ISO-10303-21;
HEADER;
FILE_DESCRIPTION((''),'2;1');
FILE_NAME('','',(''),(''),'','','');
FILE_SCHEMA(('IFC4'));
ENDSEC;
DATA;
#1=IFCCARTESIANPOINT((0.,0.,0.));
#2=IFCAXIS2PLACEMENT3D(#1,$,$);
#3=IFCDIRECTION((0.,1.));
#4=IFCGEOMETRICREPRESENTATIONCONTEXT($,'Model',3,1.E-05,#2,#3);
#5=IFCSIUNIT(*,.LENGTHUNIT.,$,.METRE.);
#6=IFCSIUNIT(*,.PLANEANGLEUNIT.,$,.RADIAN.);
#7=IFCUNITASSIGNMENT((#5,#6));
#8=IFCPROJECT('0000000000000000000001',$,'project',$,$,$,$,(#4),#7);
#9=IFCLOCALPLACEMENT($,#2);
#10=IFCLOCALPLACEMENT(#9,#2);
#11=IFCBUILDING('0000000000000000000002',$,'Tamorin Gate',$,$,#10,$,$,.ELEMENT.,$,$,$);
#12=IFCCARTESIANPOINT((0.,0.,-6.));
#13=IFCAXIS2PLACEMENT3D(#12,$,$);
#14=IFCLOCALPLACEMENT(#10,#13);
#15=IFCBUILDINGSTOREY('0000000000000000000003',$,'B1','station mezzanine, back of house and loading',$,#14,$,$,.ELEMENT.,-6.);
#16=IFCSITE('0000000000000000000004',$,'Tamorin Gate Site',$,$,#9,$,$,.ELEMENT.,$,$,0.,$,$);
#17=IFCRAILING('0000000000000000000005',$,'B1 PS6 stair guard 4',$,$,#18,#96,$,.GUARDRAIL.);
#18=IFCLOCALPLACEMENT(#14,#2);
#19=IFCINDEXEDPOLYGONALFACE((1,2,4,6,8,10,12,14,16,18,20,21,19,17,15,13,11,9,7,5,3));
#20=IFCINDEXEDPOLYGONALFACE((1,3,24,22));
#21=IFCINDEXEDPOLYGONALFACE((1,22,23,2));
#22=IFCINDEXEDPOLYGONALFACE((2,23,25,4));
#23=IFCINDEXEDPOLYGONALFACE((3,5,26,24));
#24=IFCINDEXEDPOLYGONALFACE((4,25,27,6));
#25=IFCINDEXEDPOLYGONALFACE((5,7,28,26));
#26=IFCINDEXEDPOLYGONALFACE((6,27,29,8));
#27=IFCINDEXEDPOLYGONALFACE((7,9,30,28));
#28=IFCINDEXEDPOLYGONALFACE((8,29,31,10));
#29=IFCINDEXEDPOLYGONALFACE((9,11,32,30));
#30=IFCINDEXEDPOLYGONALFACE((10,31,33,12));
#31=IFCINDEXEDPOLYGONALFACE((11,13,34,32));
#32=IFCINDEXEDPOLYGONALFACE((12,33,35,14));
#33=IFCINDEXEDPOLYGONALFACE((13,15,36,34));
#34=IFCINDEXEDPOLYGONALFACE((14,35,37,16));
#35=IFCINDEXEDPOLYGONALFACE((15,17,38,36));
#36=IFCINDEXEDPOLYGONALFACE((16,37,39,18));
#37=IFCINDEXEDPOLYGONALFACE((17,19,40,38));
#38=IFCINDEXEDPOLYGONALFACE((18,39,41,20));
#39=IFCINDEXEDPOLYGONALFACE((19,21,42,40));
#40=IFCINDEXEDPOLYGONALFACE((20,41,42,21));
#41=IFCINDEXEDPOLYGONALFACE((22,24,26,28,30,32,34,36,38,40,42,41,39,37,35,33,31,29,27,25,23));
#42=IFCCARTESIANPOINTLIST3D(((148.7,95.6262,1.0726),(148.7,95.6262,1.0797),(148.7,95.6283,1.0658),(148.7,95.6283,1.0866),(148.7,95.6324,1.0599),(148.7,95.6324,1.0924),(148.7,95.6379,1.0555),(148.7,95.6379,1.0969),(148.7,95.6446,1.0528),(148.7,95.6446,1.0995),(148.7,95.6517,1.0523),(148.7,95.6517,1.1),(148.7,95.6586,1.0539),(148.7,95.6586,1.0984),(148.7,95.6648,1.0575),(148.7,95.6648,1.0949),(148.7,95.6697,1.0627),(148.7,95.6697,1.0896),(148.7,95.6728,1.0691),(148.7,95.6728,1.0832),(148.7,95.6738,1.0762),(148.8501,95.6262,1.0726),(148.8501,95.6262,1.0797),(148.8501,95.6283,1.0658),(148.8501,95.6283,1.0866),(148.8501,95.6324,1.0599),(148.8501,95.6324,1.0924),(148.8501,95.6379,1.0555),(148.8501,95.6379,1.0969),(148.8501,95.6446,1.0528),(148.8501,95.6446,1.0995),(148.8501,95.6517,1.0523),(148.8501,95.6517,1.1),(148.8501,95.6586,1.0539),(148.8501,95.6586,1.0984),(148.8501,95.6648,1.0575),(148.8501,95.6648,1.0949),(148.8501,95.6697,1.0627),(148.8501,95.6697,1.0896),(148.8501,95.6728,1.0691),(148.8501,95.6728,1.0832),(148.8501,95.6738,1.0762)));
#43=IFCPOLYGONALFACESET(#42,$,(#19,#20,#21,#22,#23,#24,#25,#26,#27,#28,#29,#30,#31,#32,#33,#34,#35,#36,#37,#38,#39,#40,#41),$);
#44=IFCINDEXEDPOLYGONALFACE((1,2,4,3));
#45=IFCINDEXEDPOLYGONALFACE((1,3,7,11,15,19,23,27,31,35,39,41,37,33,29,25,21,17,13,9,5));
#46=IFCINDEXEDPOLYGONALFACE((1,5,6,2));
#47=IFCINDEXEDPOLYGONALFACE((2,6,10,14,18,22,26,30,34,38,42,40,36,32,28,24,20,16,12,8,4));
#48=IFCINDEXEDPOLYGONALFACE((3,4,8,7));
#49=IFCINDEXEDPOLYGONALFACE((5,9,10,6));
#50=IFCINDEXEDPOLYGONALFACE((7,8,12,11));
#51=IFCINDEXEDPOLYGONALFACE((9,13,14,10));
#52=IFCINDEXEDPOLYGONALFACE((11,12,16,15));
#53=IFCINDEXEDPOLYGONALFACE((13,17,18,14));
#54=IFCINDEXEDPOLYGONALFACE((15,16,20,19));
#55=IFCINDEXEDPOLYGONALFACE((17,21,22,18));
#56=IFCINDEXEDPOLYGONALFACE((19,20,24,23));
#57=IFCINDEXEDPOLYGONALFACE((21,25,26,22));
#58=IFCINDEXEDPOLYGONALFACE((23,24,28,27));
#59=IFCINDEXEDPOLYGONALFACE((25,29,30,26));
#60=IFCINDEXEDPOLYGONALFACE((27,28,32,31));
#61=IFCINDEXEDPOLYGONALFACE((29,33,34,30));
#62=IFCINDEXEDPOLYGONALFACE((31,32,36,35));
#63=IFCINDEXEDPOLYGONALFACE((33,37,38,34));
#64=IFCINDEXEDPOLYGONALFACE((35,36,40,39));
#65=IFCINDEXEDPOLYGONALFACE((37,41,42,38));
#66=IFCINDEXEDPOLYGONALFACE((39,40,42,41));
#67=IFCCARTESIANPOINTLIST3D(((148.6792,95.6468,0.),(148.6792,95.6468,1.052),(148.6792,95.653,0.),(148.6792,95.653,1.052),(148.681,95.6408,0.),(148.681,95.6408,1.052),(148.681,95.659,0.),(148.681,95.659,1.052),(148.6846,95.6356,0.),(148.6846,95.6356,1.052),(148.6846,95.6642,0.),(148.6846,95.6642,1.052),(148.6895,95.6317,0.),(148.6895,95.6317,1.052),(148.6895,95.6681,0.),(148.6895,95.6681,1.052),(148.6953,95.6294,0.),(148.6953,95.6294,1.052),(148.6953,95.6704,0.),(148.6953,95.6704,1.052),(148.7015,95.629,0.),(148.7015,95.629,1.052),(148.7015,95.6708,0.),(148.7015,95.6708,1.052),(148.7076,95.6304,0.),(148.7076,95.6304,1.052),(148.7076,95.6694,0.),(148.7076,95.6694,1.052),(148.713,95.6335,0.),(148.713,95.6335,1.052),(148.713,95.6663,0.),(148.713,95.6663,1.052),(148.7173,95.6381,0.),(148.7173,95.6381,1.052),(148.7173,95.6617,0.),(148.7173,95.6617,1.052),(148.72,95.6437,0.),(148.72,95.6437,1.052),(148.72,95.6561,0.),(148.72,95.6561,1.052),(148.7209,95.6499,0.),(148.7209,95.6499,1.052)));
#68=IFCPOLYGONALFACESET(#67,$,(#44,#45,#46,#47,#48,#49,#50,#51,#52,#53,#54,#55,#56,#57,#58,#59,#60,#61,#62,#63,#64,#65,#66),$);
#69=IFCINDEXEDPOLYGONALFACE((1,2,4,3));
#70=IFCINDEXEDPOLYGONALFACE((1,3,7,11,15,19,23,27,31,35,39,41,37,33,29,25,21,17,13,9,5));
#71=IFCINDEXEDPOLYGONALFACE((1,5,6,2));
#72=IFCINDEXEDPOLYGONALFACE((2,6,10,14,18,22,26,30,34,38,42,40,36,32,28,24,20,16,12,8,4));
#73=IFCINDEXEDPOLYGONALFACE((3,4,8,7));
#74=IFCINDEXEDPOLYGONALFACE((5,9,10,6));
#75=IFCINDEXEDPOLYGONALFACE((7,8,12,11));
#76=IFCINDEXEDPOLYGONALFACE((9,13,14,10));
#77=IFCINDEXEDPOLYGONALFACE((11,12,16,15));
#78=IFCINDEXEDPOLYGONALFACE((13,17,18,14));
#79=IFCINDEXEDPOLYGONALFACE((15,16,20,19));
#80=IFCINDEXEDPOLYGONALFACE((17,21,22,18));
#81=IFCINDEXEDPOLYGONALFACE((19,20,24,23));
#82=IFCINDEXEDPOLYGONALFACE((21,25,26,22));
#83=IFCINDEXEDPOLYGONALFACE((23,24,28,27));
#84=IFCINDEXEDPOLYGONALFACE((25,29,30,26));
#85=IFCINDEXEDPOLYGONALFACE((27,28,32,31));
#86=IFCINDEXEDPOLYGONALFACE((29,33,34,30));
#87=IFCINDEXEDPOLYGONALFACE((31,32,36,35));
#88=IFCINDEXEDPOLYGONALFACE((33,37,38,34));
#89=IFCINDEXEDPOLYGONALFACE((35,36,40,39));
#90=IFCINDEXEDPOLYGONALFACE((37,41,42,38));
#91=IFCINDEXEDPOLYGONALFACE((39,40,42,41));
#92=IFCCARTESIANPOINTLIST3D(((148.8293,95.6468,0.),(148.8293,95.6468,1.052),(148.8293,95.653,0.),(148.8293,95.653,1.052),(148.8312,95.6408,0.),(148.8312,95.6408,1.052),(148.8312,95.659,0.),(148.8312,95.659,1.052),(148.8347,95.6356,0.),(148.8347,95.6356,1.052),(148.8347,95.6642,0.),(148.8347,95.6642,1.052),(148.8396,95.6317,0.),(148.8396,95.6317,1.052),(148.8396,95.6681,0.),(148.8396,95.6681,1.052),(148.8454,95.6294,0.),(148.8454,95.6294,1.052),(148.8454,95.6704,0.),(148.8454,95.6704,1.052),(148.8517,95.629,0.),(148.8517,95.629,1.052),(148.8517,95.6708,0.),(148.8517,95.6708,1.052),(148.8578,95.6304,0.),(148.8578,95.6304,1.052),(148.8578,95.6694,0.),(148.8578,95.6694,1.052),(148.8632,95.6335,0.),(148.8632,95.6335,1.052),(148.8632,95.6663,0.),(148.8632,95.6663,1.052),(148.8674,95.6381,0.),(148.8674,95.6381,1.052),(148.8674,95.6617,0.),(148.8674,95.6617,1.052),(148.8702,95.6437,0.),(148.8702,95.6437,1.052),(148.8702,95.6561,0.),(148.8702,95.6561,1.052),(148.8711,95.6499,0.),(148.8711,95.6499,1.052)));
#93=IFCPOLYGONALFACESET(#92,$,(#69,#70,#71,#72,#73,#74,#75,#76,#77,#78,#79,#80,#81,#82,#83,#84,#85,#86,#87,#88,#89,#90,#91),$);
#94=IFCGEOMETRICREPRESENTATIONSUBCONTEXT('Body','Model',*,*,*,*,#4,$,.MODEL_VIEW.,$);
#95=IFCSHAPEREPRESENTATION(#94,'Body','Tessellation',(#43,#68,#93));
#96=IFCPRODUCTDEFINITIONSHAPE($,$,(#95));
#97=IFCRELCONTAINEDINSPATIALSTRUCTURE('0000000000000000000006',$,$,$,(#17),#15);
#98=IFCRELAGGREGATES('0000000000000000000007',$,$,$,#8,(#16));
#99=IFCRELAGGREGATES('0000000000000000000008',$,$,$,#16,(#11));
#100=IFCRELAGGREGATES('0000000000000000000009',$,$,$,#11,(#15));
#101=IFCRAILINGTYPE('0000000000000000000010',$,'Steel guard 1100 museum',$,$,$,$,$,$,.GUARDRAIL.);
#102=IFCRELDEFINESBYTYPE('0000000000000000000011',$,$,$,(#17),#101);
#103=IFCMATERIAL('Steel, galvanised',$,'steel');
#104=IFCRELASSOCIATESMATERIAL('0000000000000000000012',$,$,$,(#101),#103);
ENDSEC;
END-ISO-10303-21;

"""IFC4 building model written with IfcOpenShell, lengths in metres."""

from ifc_helpers import new_model, si_unit, direction, frame, origin, origin_2d, place, context, subcontext, project, spatial, circle, extrude, material, type_object, element, save


model = new_model("IFC4")

# Units and contexts
model_context = context("Model", 3, precision=1e-05, world=origin(), true_north=direction((0.0, 1.0)))
body_context = subcontext(model_context, "Body", "Model", "MODEL_VIEW")
ifc_project = project(units=[si_unit("LENGTHUNIT", "METRE"), si_unit("PLANEANGLEUNIT", "RADIAN")], contexts=[model_context])

# Site, building, storey
site_placement = place(None, origin())
site = spatial("IfcSite", under=ifc_project, at=site_placement, Name="Tamorin Gate Site", CompositionType="ELEMENT", RefElevation=0.0)
building_placement = place(site_placement, origin())
building = spatial("IfcBuilding", under=site, at=building_placement, Name="Tamorin Gate", CompositionType="ELEMENT")
storey_placement = place(building_placement, frame((0.0, 0.0, -6.0)))
storey = spatial("IfcBuildingStorey", under=building, at=storey_placement, Name="B1", Description="station mezzanine, back of house and loading", CompositionType="ELEMENT", Elevation=-6.0)

# Railing
ifc_material_1 = material(Name="Steel, galvanised", Category="steel")
railing_type_1 = type_object("IfcRailingType", Name="Steel guard 1100 museum", PredefinedType="GUARDRAIL", material=ifc_material_1)
railing_1_placement = place(storey_placement, frame((148.7, 95.6499, 0.0)))
element("IfcRailing", 1, at=railing_1_placement, inside=storey, type_object=railing_type_1, Name="B1 PS6 stair guard 4", PredefinedType="GUARDRAIL", context=body_context, shape_type="SweptSolid", body=[
    extrude(circle(Radius=0.0239, at=origin_2d()), frame((0.0, 0.0, 1.0762), z_axis=(1.0, 0.0, 0.0), x_axis=(0.0, 1.0, 0.0)), (0.0, 0.0, 1.0), 0.1501),
    extrude(circle(Radius=0.021, at=origin_2d()), origin(), (0.0, 0.0, 1.0), 1.052),
    extrude(circle(Radius=0.021, at=origin_2d()), frame((0.1501, 0.0, 0.0)), (0.0, 0.0, 1.0), 1.052),
])

save(model, "model.ifc")
